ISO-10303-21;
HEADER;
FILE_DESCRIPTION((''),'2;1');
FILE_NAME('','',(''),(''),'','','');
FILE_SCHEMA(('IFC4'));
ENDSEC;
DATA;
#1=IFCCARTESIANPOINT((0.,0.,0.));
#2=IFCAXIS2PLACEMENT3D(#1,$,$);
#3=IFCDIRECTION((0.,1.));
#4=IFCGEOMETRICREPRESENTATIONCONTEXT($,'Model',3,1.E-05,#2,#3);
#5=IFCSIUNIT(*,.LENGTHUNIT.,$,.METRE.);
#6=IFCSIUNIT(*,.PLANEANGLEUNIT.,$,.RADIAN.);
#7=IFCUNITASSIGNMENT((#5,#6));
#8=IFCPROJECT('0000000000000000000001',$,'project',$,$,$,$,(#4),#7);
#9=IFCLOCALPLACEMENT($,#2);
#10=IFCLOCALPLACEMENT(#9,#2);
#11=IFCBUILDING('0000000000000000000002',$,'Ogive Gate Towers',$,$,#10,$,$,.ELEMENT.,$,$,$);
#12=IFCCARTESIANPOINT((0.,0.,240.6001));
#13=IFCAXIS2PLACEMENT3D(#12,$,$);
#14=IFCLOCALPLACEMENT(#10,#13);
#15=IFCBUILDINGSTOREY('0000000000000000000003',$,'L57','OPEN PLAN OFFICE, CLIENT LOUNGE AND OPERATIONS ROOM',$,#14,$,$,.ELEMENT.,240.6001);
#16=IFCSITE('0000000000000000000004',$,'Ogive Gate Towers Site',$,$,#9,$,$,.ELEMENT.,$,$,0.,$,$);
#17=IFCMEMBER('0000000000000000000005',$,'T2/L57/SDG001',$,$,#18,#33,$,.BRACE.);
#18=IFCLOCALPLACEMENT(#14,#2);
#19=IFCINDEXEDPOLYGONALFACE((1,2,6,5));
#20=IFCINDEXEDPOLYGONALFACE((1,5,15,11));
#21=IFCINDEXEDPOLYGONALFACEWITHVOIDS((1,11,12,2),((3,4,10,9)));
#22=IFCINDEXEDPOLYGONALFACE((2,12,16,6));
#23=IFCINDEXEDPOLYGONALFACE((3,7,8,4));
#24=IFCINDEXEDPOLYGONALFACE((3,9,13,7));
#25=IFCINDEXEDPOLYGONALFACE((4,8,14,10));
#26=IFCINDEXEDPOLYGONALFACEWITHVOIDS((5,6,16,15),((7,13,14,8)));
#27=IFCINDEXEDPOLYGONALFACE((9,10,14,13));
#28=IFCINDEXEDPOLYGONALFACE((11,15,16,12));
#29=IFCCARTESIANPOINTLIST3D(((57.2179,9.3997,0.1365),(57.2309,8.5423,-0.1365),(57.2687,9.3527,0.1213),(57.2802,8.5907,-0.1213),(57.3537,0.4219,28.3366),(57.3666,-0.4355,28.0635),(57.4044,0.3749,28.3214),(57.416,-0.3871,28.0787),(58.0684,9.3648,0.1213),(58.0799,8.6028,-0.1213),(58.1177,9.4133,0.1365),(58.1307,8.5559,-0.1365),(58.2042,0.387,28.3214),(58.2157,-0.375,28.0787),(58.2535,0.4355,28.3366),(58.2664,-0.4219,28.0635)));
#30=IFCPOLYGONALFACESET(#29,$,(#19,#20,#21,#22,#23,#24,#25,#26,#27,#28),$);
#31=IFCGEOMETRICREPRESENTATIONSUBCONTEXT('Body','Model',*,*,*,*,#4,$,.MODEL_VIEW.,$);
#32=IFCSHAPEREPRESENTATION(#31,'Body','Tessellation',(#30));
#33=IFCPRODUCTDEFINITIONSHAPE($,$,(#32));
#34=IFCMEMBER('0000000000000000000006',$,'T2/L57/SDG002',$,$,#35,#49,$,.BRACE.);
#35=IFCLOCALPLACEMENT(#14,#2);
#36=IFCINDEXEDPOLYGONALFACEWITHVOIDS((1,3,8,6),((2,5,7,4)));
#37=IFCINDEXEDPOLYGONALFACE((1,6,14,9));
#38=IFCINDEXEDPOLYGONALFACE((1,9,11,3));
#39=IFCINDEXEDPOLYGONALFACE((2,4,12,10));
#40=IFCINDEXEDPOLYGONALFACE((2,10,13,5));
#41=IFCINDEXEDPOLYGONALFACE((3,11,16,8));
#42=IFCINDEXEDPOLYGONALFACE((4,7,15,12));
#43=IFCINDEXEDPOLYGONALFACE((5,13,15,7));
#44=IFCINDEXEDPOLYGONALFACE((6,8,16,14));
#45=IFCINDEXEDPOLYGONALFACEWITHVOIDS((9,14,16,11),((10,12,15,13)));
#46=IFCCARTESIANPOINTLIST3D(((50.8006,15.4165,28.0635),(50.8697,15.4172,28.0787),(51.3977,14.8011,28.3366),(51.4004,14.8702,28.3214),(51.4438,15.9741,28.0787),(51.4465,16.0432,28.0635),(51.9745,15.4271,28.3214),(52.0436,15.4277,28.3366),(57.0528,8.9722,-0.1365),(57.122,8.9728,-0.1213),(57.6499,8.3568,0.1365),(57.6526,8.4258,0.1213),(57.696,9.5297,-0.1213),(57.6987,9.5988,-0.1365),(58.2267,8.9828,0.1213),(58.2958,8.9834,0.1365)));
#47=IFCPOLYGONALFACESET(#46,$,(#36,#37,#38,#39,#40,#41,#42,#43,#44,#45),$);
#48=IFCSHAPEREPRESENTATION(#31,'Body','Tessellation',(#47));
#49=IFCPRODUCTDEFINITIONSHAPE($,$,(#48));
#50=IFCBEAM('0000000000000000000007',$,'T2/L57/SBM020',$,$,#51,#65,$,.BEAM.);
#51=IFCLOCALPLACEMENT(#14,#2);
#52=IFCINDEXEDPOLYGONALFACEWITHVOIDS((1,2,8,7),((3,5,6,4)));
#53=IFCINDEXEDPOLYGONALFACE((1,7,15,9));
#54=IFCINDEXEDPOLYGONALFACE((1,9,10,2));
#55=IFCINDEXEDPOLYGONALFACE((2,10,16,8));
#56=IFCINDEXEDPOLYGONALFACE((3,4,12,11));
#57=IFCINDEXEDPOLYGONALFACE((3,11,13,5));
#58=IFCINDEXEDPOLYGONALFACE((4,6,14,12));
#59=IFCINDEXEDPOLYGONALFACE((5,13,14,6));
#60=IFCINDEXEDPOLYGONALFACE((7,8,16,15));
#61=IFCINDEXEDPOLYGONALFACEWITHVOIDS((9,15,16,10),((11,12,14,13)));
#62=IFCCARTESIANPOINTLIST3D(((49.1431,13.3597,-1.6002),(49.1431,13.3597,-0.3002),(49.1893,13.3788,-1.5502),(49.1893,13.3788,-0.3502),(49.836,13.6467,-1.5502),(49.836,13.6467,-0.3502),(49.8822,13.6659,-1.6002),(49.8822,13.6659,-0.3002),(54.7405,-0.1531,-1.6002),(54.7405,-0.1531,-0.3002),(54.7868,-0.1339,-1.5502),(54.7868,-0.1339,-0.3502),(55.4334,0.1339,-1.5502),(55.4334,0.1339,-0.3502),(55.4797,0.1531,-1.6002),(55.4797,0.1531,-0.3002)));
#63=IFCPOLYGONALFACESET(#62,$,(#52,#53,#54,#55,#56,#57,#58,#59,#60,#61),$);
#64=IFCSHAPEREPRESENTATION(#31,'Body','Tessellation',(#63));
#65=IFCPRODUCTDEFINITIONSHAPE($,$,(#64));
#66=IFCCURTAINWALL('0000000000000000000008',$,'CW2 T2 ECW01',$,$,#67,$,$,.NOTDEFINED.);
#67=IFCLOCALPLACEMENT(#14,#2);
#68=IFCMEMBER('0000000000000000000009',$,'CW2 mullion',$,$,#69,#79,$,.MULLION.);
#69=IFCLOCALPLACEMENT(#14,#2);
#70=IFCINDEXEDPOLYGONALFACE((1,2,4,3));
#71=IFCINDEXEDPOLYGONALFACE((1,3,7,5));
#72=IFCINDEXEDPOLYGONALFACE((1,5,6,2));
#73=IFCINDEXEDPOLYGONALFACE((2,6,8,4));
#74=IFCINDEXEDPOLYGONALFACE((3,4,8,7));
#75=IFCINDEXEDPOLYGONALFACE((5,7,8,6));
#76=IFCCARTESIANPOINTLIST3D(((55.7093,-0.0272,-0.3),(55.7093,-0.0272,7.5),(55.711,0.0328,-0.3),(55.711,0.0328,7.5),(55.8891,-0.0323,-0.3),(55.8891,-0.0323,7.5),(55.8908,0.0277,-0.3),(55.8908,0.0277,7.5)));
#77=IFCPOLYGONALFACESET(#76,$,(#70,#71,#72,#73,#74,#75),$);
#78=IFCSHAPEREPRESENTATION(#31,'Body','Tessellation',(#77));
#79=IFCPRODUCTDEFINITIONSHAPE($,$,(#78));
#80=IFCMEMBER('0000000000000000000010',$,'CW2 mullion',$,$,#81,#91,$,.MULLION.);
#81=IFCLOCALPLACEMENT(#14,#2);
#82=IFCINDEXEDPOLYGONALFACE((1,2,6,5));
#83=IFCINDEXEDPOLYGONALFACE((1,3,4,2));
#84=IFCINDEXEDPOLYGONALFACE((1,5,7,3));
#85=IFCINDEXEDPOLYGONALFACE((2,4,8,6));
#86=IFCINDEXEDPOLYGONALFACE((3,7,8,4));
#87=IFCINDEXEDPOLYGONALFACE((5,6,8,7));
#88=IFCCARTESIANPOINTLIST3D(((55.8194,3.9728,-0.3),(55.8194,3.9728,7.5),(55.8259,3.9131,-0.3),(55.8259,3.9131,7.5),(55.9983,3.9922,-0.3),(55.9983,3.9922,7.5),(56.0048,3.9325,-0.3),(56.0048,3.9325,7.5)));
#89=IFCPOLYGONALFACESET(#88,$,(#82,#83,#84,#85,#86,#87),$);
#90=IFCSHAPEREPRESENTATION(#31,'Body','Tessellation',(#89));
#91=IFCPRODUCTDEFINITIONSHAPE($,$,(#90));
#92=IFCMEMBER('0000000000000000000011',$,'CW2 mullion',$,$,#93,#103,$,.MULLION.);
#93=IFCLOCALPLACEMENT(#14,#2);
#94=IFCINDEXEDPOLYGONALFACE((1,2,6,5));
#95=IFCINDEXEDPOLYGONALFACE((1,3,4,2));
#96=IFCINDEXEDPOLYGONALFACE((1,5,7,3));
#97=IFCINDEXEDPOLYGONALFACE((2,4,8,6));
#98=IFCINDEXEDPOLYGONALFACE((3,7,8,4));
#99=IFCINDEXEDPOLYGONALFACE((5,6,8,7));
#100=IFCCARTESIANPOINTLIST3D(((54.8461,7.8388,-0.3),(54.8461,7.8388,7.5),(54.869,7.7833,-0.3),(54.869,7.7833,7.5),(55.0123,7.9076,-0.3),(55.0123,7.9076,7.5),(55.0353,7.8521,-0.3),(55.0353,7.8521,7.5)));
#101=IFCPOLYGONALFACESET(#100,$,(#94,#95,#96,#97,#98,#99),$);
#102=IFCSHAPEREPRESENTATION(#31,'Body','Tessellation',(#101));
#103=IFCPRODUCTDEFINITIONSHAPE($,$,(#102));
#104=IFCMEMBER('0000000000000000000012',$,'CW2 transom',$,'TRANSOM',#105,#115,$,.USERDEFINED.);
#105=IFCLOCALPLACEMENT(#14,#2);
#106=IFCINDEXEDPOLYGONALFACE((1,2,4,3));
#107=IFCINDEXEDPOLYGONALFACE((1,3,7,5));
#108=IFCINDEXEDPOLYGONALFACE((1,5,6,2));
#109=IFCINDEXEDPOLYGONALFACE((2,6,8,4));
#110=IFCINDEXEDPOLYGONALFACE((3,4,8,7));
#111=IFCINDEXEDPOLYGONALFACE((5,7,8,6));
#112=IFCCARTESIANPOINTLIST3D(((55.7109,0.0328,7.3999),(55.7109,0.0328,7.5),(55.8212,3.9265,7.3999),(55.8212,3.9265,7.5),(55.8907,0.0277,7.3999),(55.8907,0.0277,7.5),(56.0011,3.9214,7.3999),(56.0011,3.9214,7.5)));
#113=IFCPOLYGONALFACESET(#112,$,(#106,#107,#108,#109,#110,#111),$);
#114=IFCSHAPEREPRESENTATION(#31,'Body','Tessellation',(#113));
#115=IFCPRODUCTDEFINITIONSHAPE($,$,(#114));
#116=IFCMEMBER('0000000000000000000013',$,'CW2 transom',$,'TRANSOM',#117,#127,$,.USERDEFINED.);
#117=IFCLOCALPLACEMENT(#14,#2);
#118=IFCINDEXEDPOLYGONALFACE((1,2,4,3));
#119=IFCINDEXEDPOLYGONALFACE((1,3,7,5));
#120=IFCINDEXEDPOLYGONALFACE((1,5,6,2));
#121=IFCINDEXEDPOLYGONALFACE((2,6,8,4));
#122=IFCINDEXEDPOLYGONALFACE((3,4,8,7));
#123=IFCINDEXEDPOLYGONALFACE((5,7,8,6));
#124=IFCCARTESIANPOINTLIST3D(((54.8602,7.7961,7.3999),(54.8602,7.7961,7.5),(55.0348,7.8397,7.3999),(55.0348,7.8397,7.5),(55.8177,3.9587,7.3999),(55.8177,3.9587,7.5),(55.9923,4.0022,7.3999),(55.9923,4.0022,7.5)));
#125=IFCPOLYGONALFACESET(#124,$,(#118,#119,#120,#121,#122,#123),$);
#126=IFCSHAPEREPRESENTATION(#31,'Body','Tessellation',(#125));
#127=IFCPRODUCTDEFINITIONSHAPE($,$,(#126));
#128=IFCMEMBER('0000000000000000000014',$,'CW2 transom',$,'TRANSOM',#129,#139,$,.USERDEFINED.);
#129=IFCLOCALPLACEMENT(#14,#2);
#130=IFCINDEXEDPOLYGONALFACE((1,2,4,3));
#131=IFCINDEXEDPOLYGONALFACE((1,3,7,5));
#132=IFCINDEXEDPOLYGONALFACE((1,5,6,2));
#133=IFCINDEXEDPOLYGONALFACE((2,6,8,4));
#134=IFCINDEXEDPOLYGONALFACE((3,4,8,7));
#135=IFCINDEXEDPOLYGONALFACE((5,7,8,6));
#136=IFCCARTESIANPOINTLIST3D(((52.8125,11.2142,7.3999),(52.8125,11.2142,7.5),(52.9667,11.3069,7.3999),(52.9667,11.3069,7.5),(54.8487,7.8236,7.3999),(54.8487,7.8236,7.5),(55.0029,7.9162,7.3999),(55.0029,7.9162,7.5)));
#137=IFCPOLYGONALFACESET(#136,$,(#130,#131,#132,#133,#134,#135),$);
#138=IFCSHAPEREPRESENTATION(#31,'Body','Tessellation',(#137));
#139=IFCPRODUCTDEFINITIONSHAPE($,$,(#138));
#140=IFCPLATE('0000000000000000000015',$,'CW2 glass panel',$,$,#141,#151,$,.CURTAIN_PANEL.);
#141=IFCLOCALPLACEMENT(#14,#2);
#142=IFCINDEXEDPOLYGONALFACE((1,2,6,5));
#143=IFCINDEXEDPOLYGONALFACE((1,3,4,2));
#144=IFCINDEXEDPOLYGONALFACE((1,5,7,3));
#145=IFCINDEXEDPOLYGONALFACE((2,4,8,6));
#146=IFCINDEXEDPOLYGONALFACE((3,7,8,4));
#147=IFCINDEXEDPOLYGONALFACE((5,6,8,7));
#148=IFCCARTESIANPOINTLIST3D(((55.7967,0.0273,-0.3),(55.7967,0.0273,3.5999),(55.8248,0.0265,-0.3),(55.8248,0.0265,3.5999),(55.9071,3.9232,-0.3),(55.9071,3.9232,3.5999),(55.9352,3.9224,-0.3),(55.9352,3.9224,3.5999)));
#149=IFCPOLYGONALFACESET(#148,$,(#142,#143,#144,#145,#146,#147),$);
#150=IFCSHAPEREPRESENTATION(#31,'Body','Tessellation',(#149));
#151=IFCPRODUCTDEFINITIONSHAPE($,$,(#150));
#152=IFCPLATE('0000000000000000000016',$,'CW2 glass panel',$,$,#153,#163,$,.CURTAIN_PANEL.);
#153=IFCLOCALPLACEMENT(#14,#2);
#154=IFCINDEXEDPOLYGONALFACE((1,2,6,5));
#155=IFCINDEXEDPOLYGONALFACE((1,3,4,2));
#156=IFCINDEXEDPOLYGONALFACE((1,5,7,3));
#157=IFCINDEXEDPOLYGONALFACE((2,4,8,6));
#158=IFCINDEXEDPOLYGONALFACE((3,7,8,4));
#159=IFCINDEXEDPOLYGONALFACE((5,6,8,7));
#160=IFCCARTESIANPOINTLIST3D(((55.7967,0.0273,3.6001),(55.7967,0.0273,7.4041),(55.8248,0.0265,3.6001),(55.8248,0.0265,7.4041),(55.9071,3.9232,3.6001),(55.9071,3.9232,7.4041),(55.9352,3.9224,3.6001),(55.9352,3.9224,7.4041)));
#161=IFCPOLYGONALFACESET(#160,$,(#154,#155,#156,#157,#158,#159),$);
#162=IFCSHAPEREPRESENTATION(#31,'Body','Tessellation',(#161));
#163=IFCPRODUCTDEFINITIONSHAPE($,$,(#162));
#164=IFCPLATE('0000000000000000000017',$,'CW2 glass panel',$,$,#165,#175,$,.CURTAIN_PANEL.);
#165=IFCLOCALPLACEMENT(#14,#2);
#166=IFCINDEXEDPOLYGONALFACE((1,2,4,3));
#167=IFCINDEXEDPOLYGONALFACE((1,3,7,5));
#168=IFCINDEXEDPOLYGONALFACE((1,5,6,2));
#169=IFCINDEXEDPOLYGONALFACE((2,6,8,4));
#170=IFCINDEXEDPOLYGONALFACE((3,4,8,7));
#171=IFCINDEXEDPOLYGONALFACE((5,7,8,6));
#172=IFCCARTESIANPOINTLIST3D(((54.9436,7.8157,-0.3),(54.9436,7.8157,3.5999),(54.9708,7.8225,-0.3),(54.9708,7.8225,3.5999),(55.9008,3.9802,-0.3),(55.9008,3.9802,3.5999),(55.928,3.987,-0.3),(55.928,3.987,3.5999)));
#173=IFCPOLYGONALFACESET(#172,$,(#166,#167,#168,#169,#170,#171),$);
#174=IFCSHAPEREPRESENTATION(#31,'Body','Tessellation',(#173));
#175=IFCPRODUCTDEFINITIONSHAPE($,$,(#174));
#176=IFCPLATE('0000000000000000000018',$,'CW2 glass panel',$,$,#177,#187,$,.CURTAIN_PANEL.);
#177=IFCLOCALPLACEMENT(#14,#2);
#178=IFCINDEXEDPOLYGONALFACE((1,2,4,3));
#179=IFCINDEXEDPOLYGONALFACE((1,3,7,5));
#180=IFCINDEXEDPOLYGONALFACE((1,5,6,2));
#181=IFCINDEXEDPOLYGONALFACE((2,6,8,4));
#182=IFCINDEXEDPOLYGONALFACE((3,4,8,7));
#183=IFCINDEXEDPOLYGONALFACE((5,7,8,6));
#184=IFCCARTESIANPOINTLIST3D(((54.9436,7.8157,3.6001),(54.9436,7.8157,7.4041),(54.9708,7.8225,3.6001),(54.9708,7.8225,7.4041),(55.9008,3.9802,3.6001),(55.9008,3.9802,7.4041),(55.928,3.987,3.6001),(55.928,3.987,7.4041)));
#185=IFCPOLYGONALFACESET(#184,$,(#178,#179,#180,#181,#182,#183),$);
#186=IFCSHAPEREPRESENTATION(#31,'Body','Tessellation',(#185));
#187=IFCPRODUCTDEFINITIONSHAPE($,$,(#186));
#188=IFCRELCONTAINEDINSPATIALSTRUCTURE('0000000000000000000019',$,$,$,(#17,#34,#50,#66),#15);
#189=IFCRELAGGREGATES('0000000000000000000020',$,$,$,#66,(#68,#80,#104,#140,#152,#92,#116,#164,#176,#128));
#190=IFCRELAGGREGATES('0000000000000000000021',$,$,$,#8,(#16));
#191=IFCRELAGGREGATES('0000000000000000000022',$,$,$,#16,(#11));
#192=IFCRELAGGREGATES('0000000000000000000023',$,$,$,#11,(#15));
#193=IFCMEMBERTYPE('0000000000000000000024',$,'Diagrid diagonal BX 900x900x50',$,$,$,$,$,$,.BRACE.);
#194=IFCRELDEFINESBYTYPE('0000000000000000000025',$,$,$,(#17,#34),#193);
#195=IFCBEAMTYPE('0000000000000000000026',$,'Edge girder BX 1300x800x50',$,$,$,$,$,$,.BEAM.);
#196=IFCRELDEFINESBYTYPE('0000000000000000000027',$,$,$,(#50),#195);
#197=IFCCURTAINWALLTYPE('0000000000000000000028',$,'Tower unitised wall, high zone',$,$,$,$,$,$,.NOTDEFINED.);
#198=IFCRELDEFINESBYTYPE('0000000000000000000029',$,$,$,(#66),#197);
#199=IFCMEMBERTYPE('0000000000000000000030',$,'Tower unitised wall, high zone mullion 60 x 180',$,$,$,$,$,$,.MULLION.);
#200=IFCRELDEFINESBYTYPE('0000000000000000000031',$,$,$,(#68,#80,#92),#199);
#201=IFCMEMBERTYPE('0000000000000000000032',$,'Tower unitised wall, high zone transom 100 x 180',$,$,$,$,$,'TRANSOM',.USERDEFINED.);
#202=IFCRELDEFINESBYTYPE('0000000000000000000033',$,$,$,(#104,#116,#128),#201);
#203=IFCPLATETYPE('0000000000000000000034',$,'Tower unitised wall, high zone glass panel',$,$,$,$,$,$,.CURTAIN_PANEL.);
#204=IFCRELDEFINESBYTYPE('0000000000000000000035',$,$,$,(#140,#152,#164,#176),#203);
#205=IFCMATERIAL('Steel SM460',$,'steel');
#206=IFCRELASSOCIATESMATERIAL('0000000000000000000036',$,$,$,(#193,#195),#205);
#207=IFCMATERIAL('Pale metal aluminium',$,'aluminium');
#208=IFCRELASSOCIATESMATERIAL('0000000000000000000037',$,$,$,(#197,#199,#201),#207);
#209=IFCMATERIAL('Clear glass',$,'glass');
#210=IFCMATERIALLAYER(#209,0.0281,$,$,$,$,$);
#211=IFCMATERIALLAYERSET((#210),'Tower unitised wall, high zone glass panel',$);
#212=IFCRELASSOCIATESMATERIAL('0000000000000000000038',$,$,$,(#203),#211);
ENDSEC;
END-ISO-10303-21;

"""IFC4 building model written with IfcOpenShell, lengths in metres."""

from ifc_helpers import new_model, si_unit, direction, frame, origin, origin_2d, place, context, subcontext, project, spatial, rectangle, hollow_rectangle, extrude, material, layer, layer_set, material_profile, profile_set, type_object, element, aggregate, save


model = new_model("IFC4")

# Units and contexts
model_context = context("Model", 3, precision=1e-05, world=origin(), true_north=direction((0.0, 1.0)))
body_context = subcontext(model_context, "Body", "Model", "MODEL_VIEW")
ifc_project = project(units=[si_unit("LENGTHUNIT", "METRE"), si_unit("PLANEANGLEUNIT", "RADIAN")], contexts=[model_context])

# Site, building, storey
site_placement = place(None, origin())
site = spatial("IfcSite", under=ifc_project, at=site_placement, Name="Ogive Gate Towers Site", CompositionType="ELEMENT", RefElevation=0.0)
building_placement = place(site_placement, origin())
building = spatial("IfcBuilding", under=site, at=building_placement, Name="Ogive Gate Towers", CompositionType="ELEMENT")
storey_placement = place(building_placement, frame((0.0, 0.0, 240.6001)))
storey = spatial("IfcBuildingStorey", under=building, at=storey_placement, Name="L57", Description="OPEN PLAN OFFICE, CLIENT LOUNGE AND OPERATIONS ROOM", CompositionType="ELEMENT", Elevation=240.6001)

# Members
ifc_material_1 = material(Name="Steel SM460", Category="steel")
ifc_material_profile_1 = material_profile(ifc_material_1, hollow_rectangle(XDim=0.8999, YDim=0.8999, WallThickness=0.05, at=origin_2d()), Name="BX 900x900x50")
ifc_profile_set_1 = profile_set([ifc_material_profile_1], Name="Steel SM460")
member_type_1 = type_object("IfcMemberType", Name="Diagrid diagonal BX 900x900x50", PredefinedType="BRACE", material=ifc_profile_set_1)
for number, where, z_axis, x_axis, name in (
    (1, (57.6743, 8.9778, 0.0), (0.004587, -0.303356, 0.952866), (0.999886, 0.015118, 0.0), "T2/L57/SDG001"),
    (2, (57.6743, 8.9778, 0.0), (-0.211259, 0.217752, 0.952866), (-0.717725, -0.696326, 0.0), "T2/L57/SDG002"),
):
    element("IfcMember", number, at=place(storey_placement, frame(where, z_axis=z_axis, x_axis=x_axis)), inside=storey, type_object=member_type_1, Name=name, PredefinedType="BRACE", context=body_context, shape_type="SweptSolid", body=[
        extrude(hollow_rectangle(XDim=0.8999, YDim=0.8999, WallThickness=0.05, at=origin_2d()), origin(), (0.0, 0.0, 1.0), 29.595),
    ])

# Beam
ifc_material_profile_2 = material_profile(ifc_material_1, hollow_rectangle(XDim=0.8, YDim=1.3, WallThickness=0.05, at=origin_2d()), Name="BX 1300x800x50")
ifc_profile_set_2 = profile_set([ifc_material_profile_2], Name="Steel SM460")
beam_type = type_object("IfcBeamType", Name="Edge girder BX 1300x800x50", PredefinedType="BEAM", material=ifc_profile_set_2)
beam_placement = place(storey_placement, frame((55.1101, 0.0, -0.9502), z_axis=(-0.382699, 0.923873, 0.0), x_axis=(-0.923873, -0.382699, 0.0)))
element("IfcBeam", 3, at=beam_placement, inside=storey, type_object=beam_type, Name="T2/L57/SBM020", PredefinedType="BEAM", context=body_context, shape_type="SweptSolid", body=[
    extrude(hollow_rectangle(XDim=0.8, YDim=1.3, WallThickness=0.05, at=origin_2d()), origin(), (0.0, 0.0, 1.0), 14.6262),
])

# Curtain wall, members, plates
ifc_material_2 = material(Name="Pale metal aluminium", Category="aluminium")
curtain_wall_type = type_object("IfcCurtainWallType", Name="Tower unitised wall, high zone", PredefinedType="NOTDEFINED", material=ifc_material_2)
curtain_wall_placement = place(storey_placement, origin())
curtain_wall = element("IfcCurtainWall", 4, at=curtain_wall_placement, inside=storey, type_object=curtain_wall_type, Name="CW2 T2 ECW01", PredefinedType="NOTDEFINED")
ifc_material_profile_3 = material_profile(ifc_material_2, rectangle(XDim=0.1799, YDim=0.0601, at=origin_2d()), Name="60 x 180 aluminium box")
ifc_profile_set_3 = profile_set([ifc_material_profile_3], Name="Pale metal aluminium")
member_type_2 = type_object("IfcMemberType", Name="Tower unitised wall, high zone mullion 60 x 180", PredefinedType="MULLION", material=ifc_profile_set_3)
member_1_placement = place(storey_placement, frame((55.8, 0.0002, -0.3), z_axis=(0.0, 0.0, 1.0), x_axis=(0.999599, -0.028323, 0.0)))
member_1 = element("IfcMember", 5, at=member_1_placement, type_object=member_type_2, Name="CW2 mullion", PredefinedType="MULLION", context=body_context, shape_type="SweptSolid", body=[
    extrude(rectangle(XDim=0.1799, YDim=0.0601, at=origin_2d()), origin(), (0.0, 0.0, 1.0), 7.8),
])
member_2_placement = place(storey_placement, frame((55.9121, 3.9526, -0.3), z_axis=(0.0, 0.0, 1.0), x_axis=(0.99416, 0.107913, 0.0)))
member_2 = element("IfcMember", 6, at=member_2_placement, type_object=member_type_2, Name="CW2 mullion", PredefinedType="MULLION", context=body_context, shape_type="SweptSolid", body=[
    extrude(rectangle(XDim=0.1799, YDim=0.0601, at=origin_2d()), origin(), (0.0, 0.0, 1.0), 7.8),
])
member_3_placement = place(storey_placement, frame((54.9407, 7.8455, -0.3), z_axis=(0.0, 0.0, 1.0), x_axis=(0.92388, 0.382683, 0.0)))
member_3 = element("IfcMember", 7, at=member_3_placement, type_object=member_type_2, Name="CW2 mullion", PredefinedType="MULLION", context=body_context, shape_type="SweptSolid", body=[
    extrude(rectangle(XDim=0.1799, YDim=0.0601, at=origin_2d()), origin(), (0.0, 0.0, 1.0), 7.8),
])
ifc_material_profile_4 = material_profile(ifc_material_2, rectangle(XDim=0.1799, YDim=0.1001, at=origin_2d()), Name="100 x 180 aluminium box")
ifc_profile_set_4 = profile_set([ifc_material_profile_4], Name="Pale metal aluminium")
member_type_3 = type_object("IfcMemberType", Name="Tower unitised wall, high zone transom 100 x 180", ElementType="TRANSOM", PredefinedType="USERDEFINED", material=ifc_profile_set_4)
member_4_placement = place(storey_placement, frame((55.8008, 0.0303, 7.45), z_axis=(0.028329, 0.999599, 0.0), x_axis=(-0.999599, 0.028329, 0.0)))
member_4 = element("IfcMember", 8, at=member_4_placement, type_object=member_type_3, Name="CW2 transom", ObjectType="TRANSOM", PredefinedType="USERDEFINED", context=body_context, shape_type="SweptSolid", body=[
    extrude(rectangle(XDim=0.1799, YDim=0.1001, at=origin_2d()), origin(), (0.0, 0.0, 1.0), 3.8953),
])
member_5_placement = place(storey_placement, frame((55.905, 3.9805, 7.45), z_axis=(-0.2421, 0.970251, 0.0), x_axis=(-0.970251, -0.2421, 0.0)))
member_5 = element("IfcMember", 9, at=member_5_placement, type_object=member_type_3, Name="CW2 transom", ObjectType="TRANSOM", PredefinedType="USERDEFINED", context=body_context, shape_type="SweptSolid", body=[
    extrude(rectangle(XDim=0.1799, YDim=0.1001, at=origin_2d()), origin(), (0.0, 0.0, 1.0), 3.9551),
])
member_6_placement = place(storey_placement, frame((54.9258, 7.8699, 7.45), z_axis=(-0.514823, 0.857297, 0.0), x_axis=(-0.857297, -0.514823, 0.0)))
member_6 = element("IfcMember", 10, at=member_6_placement, type_object=member_type_3, Name="CW2 transom", ObjectType="TRANSOM", PredefinedType="USERDEFINED", context=body_context, shape_type="SweptSolid", body=[
    extrude(rectangle(XDim=0.1799, YDim=0.1001, at=origin_2d()), origin(), (0.0, 0.0, 1.0), 3.9551),
])
ifc_material_3 = material(Name="Clear glass", Category="glass")
ifc_layer_1 = layer(ifc_material_3, 0.0281)
ifc_layer_set_1 = layer_set([ifc_layer_1], Name="Tower unitised wall, high zone glass panel")
plate_type = type_object("IfcPlateType", Name="Tower unitised wall, high zone glass panel", PredefinedType="CURTAIN_PANEL", material=ifc_layer_set_1)
plate_1_placement = place(storey_placement, frame((55.866, 1.9749, -0.3), z_axis=(0.0, 0.0, 1.0), x_axis=(0.028323, 0.999599, 0.0)))
plate_1 = element("IfcPlate", 11, at=plate_1_placement, type_object=plate_type, Name="CW2 glass panel", PredefinedType="CURTAIN_PANEL", context=body_context, shape_type="SweptSolid", body=[
    extrude(rectangle(XDim=3.8975, YDim=0.0281, at=origin_2d()), origin(), (0.0, 0.0, 1.0), 3.8999),
])
plate_2_placement = place(storey_placement, frame((55.866, 1.9749, 3.6001), z_axis=(0.0, 0.0, 1.0), x_axis=(0.028323, 0.999599, 0.0)))
plate_2 = element("IfcPlate", 12, at=plate_2_placement, type_object=plate_type, Name="CW2 glass panel", PredefinedType="CURTAIN_PANEL", context=body_context, shape_type="SweptSolid", body=[
    extrude(rectangle(XDim=3.8975, YDim=0.0281, at=origin_2d()), origin(), (0.0, 0.0, 1.0), 3.804),
])
plate_3_placement = place(storey_placement, frame((55.4358, 5.9014, -0.3), z_axis=(0.0, 0.0, 1.0), x_axis=(-0.242142, 0.970241, 0.0)))
plate_3 = element("IfcPlate", 13, at=plate_3_placement, type_object=plate_type, Name="CW2 glass panel", PredefinedType="CURTAIN_PANEL", context=body_context, shape_type="SweptSolid", body=[
    extrude(rectangle(XDim=3.9531, YDim=0.0281, at=origin_2d()), origin(), (0.0, 0.0, 1.0), 3.8999),
])
plate_4_placement = place(storey_placement, frame((55.4358, 5.9014, 3.6001), z_axis=(0.0, 0.0, 1.0), x_axis=(-0.242142, 0.970241, 0.0)))
plate_4 = element("IfcPlate", 14, at=plate_4_placement, type_object=plate_type, Name="CW2 glass panel", PredefinedType="CURTAIN_PANEL", context=body_context, shape_type="SweptSolid", body=[
    extrude(rectangle(XDim=3.9531, YDim=0.0281, at=origin_2d()), origin(), (0.0, 0.0, 1.0), 3.804),
])
aggregate(curtain_wall, [member_1, member_2, member_4, plate_1, plate_2, member_3, member_5, plate_3, plate_4, member_6])

save(model, "model.ifc")
